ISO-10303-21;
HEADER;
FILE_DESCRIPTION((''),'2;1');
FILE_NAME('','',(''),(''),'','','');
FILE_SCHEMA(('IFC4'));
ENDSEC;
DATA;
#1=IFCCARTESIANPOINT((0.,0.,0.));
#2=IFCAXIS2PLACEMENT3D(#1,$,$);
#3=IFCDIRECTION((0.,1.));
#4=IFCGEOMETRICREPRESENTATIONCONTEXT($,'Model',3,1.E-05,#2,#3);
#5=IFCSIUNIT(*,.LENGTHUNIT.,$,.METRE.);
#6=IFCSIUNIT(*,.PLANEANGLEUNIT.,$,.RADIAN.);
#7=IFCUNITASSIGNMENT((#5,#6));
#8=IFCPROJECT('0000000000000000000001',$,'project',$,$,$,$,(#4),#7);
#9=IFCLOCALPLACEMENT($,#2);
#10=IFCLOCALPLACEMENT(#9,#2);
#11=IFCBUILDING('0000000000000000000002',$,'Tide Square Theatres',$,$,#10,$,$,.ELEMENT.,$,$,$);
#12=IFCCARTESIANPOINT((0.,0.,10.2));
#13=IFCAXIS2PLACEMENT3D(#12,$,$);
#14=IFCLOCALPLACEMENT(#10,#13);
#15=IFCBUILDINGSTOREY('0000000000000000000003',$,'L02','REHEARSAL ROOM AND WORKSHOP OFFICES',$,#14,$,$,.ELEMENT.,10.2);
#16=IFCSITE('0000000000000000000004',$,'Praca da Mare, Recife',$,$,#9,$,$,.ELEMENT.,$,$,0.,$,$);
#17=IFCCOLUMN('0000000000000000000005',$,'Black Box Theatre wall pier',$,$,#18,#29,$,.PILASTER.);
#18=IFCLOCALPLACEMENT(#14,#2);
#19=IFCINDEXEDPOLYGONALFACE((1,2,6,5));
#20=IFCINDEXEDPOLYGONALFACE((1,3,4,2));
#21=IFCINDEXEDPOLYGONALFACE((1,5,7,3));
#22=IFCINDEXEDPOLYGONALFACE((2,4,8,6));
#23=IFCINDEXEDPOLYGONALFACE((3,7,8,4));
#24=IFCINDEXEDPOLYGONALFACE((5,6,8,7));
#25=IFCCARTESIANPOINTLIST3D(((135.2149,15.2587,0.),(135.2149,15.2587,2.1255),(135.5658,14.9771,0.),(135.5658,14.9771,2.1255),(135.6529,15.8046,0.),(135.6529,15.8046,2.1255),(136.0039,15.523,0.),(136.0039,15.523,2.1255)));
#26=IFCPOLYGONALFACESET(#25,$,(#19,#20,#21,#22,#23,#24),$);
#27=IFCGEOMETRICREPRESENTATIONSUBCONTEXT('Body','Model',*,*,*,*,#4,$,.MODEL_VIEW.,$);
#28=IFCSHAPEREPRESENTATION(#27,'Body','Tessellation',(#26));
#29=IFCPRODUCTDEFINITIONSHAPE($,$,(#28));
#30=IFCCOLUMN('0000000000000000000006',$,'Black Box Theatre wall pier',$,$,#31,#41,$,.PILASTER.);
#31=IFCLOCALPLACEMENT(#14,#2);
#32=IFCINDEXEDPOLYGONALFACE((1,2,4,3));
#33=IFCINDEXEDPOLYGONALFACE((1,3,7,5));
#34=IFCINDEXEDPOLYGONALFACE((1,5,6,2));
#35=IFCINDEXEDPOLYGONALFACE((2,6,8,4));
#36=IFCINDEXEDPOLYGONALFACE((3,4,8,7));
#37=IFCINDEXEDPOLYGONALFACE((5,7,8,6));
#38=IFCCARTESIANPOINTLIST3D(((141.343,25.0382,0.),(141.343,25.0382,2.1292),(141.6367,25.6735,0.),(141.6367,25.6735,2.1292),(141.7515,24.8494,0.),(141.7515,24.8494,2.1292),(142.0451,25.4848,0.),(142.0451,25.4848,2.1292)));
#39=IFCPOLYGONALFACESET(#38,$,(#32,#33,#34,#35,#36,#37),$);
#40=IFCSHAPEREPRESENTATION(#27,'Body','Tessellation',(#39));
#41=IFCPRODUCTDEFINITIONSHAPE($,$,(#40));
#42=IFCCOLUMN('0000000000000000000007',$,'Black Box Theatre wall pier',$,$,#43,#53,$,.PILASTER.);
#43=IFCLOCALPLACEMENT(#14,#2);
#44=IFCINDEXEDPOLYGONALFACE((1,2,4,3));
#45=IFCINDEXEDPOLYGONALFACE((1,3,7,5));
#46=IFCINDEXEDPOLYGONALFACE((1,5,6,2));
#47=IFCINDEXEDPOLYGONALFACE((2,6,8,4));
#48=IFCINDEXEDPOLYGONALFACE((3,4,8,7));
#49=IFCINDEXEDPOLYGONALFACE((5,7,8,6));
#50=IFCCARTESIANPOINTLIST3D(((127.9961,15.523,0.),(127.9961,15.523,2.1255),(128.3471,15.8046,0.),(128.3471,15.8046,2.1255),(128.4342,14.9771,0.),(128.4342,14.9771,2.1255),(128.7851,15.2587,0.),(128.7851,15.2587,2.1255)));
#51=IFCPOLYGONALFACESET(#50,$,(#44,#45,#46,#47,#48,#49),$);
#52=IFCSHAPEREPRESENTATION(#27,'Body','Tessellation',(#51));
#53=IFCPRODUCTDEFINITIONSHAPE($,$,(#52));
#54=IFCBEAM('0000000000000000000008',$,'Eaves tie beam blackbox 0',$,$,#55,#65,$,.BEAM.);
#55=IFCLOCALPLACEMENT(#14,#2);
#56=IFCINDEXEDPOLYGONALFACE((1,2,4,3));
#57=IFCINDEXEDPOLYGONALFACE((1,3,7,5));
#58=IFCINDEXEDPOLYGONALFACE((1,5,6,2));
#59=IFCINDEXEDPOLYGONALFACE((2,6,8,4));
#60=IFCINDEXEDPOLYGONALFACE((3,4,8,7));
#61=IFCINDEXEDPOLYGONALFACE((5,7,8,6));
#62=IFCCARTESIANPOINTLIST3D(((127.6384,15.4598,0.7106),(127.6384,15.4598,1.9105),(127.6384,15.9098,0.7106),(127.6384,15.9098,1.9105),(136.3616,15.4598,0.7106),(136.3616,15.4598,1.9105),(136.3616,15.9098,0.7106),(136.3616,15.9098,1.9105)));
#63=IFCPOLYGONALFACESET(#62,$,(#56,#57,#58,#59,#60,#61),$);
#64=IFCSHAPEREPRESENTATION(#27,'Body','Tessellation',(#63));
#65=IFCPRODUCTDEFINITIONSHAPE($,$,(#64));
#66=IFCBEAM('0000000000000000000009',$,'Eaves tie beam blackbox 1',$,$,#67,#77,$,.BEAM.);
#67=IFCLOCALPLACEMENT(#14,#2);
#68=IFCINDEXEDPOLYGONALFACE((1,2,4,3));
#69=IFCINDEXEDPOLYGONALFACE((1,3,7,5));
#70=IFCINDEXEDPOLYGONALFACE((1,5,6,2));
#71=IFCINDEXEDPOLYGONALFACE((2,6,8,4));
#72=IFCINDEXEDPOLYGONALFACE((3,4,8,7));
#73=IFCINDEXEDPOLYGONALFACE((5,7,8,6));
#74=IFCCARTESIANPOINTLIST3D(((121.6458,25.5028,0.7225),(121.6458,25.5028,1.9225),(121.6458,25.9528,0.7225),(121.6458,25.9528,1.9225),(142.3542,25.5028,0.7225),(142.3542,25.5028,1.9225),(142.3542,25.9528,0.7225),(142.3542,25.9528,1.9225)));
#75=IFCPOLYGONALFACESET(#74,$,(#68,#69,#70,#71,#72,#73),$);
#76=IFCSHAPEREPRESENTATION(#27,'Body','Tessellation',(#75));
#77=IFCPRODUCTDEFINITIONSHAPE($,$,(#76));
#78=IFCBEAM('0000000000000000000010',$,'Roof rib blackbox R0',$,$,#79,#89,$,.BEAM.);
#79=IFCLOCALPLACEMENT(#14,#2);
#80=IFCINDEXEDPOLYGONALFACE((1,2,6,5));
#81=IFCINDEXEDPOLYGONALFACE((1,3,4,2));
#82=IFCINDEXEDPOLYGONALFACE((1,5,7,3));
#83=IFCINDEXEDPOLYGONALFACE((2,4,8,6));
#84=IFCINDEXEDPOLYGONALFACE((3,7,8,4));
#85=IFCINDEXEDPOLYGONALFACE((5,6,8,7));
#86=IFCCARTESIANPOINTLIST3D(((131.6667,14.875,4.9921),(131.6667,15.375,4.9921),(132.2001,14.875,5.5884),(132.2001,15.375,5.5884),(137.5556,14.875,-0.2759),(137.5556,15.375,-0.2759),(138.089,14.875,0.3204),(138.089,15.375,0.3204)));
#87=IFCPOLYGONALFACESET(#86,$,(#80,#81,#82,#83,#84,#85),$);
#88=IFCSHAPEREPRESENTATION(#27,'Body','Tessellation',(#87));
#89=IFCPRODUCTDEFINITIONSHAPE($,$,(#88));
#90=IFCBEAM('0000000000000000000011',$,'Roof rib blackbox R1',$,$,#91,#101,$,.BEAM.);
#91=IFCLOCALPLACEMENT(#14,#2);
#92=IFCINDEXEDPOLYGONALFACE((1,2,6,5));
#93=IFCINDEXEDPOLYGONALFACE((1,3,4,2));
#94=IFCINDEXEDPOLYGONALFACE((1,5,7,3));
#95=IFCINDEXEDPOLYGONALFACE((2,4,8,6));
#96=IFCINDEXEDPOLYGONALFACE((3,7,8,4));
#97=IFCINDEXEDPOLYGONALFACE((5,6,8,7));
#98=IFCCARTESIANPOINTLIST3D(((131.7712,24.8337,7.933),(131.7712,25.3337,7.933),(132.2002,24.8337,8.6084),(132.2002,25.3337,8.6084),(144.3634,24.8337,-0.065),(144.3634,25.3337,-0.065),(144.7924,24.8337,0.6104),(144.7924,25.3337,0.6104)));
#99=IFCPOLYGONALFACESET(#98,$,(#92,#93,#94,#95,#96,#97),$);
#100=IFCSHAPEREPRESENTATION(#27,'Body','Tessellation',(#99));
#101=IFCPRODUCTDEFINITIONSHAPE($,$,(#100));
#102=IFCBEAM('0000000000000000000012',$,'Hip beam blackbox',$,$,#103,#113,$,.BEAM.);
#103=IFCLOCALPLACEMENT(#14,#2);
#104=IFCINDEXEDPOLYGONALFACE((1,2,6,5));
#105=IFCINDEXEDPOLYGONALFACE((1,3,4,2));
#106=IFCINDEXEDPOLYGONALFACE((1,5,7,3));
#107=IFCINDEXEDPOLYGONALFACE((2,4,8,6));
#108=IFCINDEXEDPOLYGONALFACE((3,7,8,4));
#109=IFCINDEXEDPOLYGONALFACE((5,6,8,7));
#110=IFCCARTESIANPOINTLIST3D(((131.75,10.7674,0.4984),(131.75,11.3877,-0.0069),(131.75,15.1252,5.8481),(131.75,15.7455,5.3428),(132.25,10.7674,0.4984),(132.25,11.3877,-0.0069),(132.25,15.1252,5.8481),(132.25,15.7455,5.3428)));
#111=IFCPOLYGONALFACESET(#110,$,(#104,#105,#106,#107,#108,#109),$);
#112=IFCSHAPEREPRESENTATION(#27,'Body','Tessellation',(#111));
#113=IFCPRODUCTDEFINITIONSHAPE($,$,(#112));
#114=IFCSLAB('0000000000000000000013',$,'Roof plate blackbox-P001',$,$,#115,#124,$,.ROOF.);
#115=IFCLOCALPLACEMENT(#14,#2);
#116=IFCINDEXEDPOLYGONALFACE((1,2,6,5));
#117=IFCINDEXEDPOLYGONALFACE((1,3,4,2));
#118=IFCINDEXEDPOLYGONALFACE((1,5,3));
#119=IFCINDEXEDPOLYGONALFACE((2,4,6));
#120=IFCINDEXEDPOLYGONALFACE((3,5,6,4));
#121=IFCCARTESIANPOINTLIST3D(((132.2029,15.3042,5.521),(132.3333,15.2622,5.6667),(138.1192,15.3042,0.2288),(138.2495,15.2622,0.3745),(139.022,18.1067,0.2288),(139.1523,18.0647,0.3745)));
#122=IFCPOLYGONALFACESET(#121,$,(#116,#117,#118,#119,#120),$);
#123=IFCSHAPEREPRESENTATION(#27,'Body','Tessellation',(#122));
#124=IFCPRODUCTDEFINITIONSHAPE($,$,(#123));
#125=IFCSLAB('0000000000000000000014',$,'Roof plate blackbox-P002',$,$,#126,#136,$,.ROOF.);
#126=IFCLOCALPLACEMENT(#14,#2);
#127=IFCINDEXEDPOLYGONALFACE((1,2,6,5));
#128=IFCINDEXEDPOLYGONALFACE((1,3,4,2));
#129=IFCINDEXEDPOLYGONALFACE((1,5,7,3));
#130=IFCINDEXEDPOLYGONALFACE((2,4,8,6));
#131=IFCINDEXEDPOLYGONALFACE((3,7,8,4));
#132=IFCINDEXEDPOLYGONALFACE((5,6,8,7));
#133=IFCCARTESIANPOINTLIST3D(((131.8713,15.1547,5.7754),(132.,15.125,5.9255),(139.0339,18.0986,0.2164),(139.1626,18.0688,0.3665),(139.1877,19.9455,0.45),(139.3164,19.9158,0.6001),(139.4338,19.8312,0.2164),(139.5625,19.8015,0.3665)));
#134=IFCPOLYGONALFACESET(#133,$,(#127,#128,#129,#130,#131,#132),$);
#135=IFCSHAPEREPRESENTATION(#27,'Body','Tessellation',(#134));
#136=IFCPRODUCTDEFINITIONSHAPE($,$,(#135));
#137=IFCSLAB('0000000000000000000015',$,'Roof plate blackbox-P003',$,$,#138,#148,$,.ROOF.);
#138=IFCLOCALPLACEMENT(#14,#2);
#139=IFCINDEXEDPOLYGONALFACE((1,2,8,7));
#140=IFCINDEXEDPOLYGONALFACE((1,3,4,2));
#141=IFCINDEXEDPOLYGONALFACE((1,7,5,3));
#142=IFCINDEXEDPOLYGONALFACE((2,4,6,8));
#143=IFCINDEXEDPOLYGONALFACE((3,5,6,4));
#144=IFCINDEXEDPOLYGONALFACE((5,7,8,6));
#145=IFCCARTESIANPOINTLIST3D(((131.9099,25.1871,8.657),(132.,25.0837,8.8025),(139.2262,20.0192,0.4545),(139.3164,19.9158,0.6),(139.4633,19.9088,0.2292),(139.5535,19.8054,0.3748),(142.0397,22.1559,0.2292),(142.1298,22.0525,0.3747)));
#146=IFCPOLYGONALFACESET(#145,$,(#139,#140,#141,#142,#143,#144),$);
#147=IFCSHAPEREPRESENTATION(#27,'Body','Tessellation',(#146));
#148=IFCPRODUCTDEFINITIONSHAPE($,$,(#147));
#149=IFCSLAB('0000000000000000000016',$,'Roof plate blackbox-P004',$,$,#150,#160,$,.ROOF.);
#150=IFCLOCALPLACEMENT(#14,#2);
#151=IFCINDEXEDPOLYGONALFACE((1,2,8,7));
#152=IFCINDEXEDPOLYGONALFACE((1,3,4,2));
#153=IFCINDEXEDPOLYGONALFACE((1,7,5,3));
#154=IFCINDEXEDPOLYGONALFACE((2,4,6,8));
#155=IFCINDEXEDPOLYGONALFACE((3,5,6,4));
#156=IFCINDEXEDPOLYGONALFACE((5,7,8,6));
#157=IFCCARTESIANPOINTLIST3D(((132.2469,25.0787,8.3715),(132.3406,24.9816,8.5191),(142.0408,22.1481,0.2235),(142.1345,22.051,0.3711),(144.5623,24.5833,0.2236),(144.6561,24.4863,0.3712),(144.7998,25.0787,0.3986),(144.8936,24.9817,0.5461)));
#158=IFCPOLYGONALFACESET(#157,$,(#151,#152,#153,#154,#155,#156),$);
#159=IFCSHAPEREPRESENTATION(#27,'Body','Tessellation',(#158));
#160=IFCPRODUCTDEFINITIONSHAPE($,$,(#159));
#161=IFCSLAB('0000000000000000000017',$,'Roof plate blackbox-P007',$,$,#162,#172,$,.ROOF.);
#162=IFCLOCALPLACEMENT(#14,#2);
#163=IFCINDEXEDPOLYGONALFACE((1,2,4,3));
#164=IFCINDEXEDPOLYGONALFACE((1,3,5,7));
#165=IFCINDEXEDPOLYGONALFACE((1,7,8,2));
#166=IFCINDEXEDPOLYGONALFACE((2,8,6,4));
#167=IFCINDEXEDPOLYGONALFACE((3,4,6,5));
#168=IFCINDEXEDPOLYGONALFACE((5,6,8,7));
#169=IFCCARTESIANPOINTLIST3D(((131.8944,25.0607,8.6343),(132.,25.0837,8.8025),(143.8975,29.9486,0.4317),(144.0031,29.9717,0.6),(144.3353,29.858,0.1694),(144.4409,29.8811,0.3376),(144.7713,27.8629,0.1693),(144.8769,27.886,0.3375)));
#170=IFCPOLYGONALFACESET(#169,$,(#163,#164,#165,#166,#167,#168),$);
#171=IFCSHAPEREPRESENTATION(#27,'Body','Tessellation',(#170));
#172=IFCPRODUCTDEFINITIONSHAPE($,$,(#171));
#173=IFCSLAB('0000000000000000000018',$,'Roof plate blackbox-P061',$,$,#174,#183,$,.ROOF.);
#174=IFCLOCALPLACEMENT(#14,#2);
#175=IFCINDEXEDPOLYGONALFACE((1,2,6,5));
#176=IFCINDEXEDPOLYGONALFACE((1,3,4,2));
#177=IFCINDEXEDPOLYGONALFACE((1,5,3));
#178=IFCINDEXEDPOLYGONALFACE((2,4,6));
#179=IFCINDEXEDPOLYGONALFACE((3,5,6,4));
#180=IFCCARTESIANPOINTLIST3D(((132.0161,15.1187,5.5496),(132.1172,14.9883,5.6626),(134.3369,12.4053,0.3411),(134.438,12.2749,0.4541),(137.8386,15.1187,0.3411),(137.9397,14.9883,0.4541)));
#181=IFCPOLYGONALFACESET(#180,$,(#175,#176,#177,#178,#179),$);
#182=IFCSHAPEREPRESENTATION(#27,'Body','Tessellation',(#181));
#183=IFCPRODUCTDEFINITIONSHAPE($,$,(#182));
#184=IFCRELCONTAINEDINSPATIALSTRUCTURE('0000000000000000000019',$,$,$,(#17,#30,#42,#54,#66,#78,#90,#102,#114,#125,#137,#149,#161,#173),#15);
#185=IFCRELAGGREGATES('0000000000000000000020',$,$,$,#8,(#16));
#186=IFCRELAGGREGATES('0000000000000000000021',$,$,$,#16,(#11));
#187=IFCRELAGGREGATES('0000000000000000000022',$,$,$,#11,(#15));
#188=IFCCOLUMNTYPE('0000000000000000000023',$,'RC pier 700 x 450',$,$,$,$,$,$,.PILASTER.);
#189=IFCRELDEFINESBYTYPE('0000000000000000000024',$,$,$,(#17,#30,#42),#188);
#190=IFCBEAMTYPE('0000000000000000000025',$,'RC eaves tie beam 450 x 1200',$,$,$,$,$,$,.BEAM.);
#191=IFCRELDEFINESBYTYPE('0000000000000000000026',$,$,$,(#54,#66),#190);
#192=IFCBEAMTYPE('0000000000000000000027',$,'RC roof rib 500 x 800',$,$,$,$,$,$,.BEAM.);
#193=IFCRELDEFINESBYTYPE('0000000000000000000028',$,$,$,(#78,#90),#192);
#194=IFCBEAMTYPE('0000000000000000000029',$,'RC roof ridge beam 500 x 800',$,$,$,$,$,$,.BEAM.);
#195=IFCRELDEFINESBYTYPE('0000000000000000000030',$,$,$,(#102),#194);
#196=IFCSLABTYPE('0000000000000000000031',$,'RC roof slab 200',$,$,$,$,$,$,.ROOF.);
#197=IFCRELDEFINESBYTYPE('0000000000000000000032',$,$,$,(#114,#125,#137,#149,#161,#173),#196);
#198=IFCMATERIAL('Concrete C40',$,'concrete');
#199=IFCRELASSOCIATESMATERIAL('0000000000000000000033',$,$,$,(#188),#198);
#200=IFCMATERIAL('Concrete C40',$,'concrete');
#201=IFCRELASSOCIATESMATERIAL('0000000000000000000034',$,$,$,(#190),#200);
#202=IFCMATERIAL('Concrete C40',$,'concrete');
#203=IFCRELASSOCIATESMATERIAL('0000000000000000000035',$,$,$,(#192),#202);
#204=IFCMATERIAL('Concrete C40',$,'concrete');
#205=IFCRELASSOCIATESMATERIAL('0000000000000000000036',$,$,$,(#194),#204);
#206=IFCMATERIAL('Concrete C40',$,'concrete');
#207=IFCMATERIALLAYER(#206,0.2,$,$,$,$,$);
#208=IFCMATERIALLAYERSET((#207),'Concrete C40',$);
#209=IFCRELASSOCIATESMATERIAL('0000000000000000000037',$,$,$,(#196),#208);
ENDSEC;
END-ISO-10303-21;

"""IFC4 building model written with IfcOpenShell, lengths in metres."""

from ifc_helpers import new_model, si_unit, direction, frame, origin, origin_2d, place, context, subcontext, project, spatial, polyline, rectangle, outline, extrude, material, layer, layer_set, material_profile, profile_set, type_object, element, save


model = new_model("IFC4")

# Units and contexts
model_context = context("Model", 3, precision=1e-05, world=origin(), true_north=direction((0.0, 1.0)))
body_context = subcontext(model_context, "Body", "Model", "MODEL_VIEW")
ifc_project = project(units=[si_unit("LENGTHUNIT", "METRE"), si_unit("PLANEANGLEUNIT", "RADIAN")], contexts=[model_context])

# Site, building, storey
site_placement = place(None, origin())
site = spatial("IfcSite", under=ifc_project, at=site_placement, Name="Praca da Mare, Recife", CompositionType="ELEMENT", RefElevation=0.0)
building_placement = place(site_placement, origin())
building = spatial("IfcBuilding", under=site, at=building_placement, Name="Tide Square Theatres", CompositionType="ELEMENT")
storey_placement = place(building_placement, frame((0.0, 0.0, 10.2)))
storey = spatial("IfcBuildingStorey", under=building, at=storey_placement, Name="L02", Description="REHEARSAL ROOM AND WORKSHOP OFFICES", CompositionType="ELEMENT", Elevation=10.2)

# Columns
ifc_material_1 = material(Name="Concrete C40", Category="concrete")
ifc_material_profile_1 = material_profile(ifc_material_1, rectangle(XDim=0.7, YDim=0.45, at=origin_2d()))
ifc_profile_set_1 = profile_set([ifc_material_profile_1], Name="Concrete C40")
column_type = type_object("IfcColumnType", Name="RC pier 700 x 450", PredefinedType="PILASTER", material=ifc_profile_set_1)
column_1_placement = place(storey_placement, frame((135.6094, 15.3909, 0.0), z_axis=(0.0, 0.0, 1.0), x_axis=(0.625819, 0.779968, 0.0)))
element("IfcColumn", 1, at=column_1_placement, inside=storey, type_object=column_type, Name="Black Box Theatre wall pier", PredefinedType="PILASTER", context=body_context, shape_type="SweptSolid", body=[
    extrude(rectangle(XDim=0.7, YDim=0.45, at=origin_2d()), origin(), (0.0, 0.0, 1.0), 2.1255),
])
column_2_placement = place(storey_placement, frame((141.6941, 25.2615, 0.0), z_axis=(0.0, 0.0, 1.0), x_axis=(0.41956, 0.907728, 0.0)))
element("IfcColumn", 2, at=column_2_placement, inside=storey, type_object=column_type, Name="Black Box Theatre wall pier", PredefinedType="PILASTER", context=body_context, shape_type="SweptSolid", body=[
    extrude(rectangle(XDim=0.7, YDim=0.45, at=origin_2d()), origin(), (0.0, 0.0, 1.0), 2.1292),
])
column_3_placement = place(storey_placement, frame((128.3906, 15.3909, 0.0), z_axis=(0.0, 0.0, 1.0), x_axis=(0.625819, -0.779968, 0.0)))
element("IfcColumn", 3, at=column_3_placement, inside=storey, type_object=column_type, Name="Black Box Theatre wall pier", PredefinedType="PILASTER", context=body_context, shape_type="SweptSolid", body=[
    extrude(rectangle(XDim=0.7, YDim=0.45, at=origin_2d()), origin(), (0.0, 0.0, 1.0), 2.1255),
])

# Beams
ifc_material_2 = material(Name="Concrete C40", Category="concrete")
ifc_material_profile_2 = material_profile(ifc_material_2, rectangle(XDim=0.45, YDim=1.2, at=origin_2d()))
ifc_profile_set_2 = profile_set([ifc_material_profile_2], Name="Concrete C40")
beam_type_1 = type_object("IfcBeamType", Name="RC eaves tie beam 450 x 1200", PredefinedType="BEAM", material=ifc_profile_set_2)
beam_1_placement = place(storey_placement, frame((136.3616, 15.6848, 1.3105), z_axis=(-1.0, 0.0, 0.0), x_axis=(0.0, -1.0, 0.0)))
element("IfcBeam", 4, at=beam_1_placement, inside=storey, type_object=beam_type_1, Name="Eaves tie beam blackbox 0", PredefinedType="BEAM", context=body_context, shape_type="SweptSolid", body=[
    extrude(rectangle(XDim=0.45, YDim=1.2, at=origin_2d()), origin(), (0.0, 0.0, 1.0), 8.7231),
])
beam_2_placement = place(storey_placement, frame((142.3542, 25.7278, 1.3225), z_axis=(-1.0, 0.0, 0.0), x_axis=(0.0, -1.0, 0.0)))
element("IfcBeam", 5, at=beam_2_placement, inside=storey, type_object=beam_type_1, Name="Eaves tie beam blackbox 1", PredefinedType="BEAM", context=body_context, shape_type="SweptSolid", body=[
    extrude(rectangle(XDim=0.45, YDim=1.2, at=origin_2d()), origin(), (0.0, 0.0, 1.0), 20.7085),
])
ifc_material_3 = material(Name="Concrete C40", Category="concrete")
ifc_material_profile_3 = material_profile(ifc_material_3, rectangle(XDim=0.5, YDim=0.8, at=origin_2d()))
ifc_profile_set_3 = profile_set([ifc_material_profile_3], Name="Concrete C40")
beam_type_2 = type_object("IfcBeamType", Name="RC roof rib 500 x 800", PredefinedType="BEAM", material=ifc_profile_set_3)
beam_3_placement = place(storey_placement, frame((137.8223, 15.125, 0.0222), z_axis=(-0.745302, 0.0, 0.666727), x_axis=(0.0, -1.0, 0.0)))
element("IfcBeam", 6, at=beam_3_placement, inside=storey, type_object=beam_type_2, Name="Roof rib blackbox R0", PredefinedType="BEAM", context=body_context, shape_type="SweptSolid", body=[
    extrude(rectangle(XDim=0.5, YDim=0.8, at=origin_2d()), origin(), (0.0, 0.0, 1.0), 7.9014),
])
beam_4_placement = place(storey_placement, frame((144.5779, 25.0837, 0.2727), z_axis=(-0.844123, 0.0, 0.536149), x_axis=(0.0, -1.0, 0.0)))
element("IfcBeam", 7, at=beam_4_placement, inside=storey, type_object=beam_type_2, Name="Roof rib blackbox R1", PredefinedType="BEAM", context=body_context, shape_type="SweptSolid", body=[
    extrude(rectangle(XDim=0.5, YDim=0.8, at=origin_2d()), origin(), (0.0, 0.0, 1.0), 14.9175),
])
ifc_material_4 = material(Name="Concrete C40", Category="concrete")
ifc_material_profile_4 = material_profile(ifc_material_4, rectangle(XDim=0.5, YDim=0.8, at=origin_2d()))
ifc_profile_set_4 = profile_set([ifc_material_profile_4], Name="Concrete C40")
beam_type_3 = type_object("IfcBeamType", Name="RC roof ridge beam 500 x 800", PredefinedType="BEAM", material=ifc_profile_set_4)
beam_5_placement = place(storey_placement, frame((132.0, 15.4353, 5.5955), z_axis=(0.0, -0.631562, -0.775325), x_axis=(1.0, 0.0, 0.0)))
element("IfcBeam", 8, at=beam_5_placement, inside=storey, type_object=beam_type_3, Name="Hip beam blackbox", PredefinedType="BEAM", context=body_context, shape_type="SweptSolid", body=[
    extrude(rectangle(XDim=0.5, YDim=0.8, at=origin_2d()), origin(), (0.0, 0.0, 1.0), 6.8999),
])

# Slabs
ifc_material_5 = material(Name="Concrete C40", Category="concrete")
ifc_layer_1 = layer(ifc_material_5, 0.2)
ifc_layer_set_1 = layer_set([ifc_layer_1], Name="Concrete C40")
slab_type = type_object("IfcSlabType", Name="RC roof slab 200", PredefinedType="ROOF", material=ifc_layer_set_1)
slab_1_placement = place(storey_placement, frame((138.2495, 15.2622, 0.3745), z_axis=(0.651841, -0.209993, 0.728702), x_axis=(0.306635, 0.951827, 0.0)))
element("IfcSlab", 9, at=slab_1_placement, inside=storey, type_object=slab_type, Name="Roof plate blackbox-P001", PredefinedType="ROOF", context=body_context, shape_type="SweptSolid", body=[
    extrude(outline(polyline([(0.0, 0.0), (2.9443, 0.0), (-1.8141, 7.7278), (0.0, 0.0)])), origin(), (0.0, 0.0, -1.0), 0.2),
])
slab_2_placement = place(storey_placement, frame((139.3164, 19.9158, 0.6001), z_axis=(0.64371, -0.148574, 0.750708), x_axis=(-0.714547, -0.467885, 0.520103)))
element("IfcSlab", 10, at=slab_2_placement, inside=storey, type_object=slab_type, Name="Roof plate blackbox-P002", PredefinedType="ROOF", context=body_context, shape_type="SweptSolid", body=[
    extrude(outline(polyline([(0.0, 0.0), (10.2392, 0.0), (0.8525, 1.6621), (-0.2439, 0.2621), (0.0, 0.0)])), origin(), (0.0, 0.0, -1.0), 0.2),
])
slab_3_placement = place(storey_placement, frame((139.5535, 19.8054, 0.3748), z_axis=(0.450816, -0.516852, 0.727756), x_axis=(0.753621, 0.657309, -0.000019)))
element("IfcSlab", 11, at=slab_3_placement, inside=storey, type_object=slab_type, Name="Roof plate blackbox-P003", PredefinedType="ROOF", context=body_context, shape_type="SweptSolid", body=[
    extrude(outline(polyline([(0.0, 0.0), (3.4187, 0.0), (-2.2231, 12.2882), (-0.1061, 0.3285), (0.0, 0.0)])), origin(), (0.0, 0.0, -1.0), 0.2),
])
slab_4_placement = place(storey_placement, frame((142.1345, 22.051, 0.3711), z_axis=(0.468754, -0.485384, 0.738019), x_axis=(0.719306, 0.694694, 0.000021)))
element("IfcSlab", 12, at=slab_4_placement, inside=storey, type_object=slab_type, Name="Roof plate blackbox-P004", PredefinedType="ROOF", context=body_context, shape_type="SweptSolid", body=[
    extrude(outline(polyline([(0.0, 0.0), (3.5055, 0.0), (4.0205, 0.2593), (-5.0088, 12.0752), (0.0, 0.0)])), origin(), (0.0, 0.0, -1.0), 0.2),
])
slab_5_placement = place(storey_placement, frame((132.0, 25.0837, 8.8025), z_axis=(0.528003, 0.115328, 0.841375), x_axis=(0.822134, 0.17891, -0.540451)))
element("IfcSlab", 13, at=slab_5_placement, inside=storey, type_object=slab_type, Name="Roof plate blackbox-P007", PredefinedType="ROOF", context=body_context, shape_type="SweptSolid", body=[
    extrude(outline(polyline([(0.0, 0.0), (15.6628, 0.0), (15.6612, 2.0422), (15.1757, 2.2238), (0.0, 0.0)])), origin(), (0.0, 0.0, -1.0), 0.2),
])
slab_6_placement = place(storey_placement, frame((134.438, 12.2749, 0.4541), z_axis=(0.505389, -0.652222, 0.564968), x_axis=(0.790464, 0.612509, 0.0)))
element("IfcSlab", 14, at=slab_6_placement, inside=storey, type_object=slab_type, Name="Roof plate blackbox-P061", PredefinedType="ROOF", context=body_context, shape_type="SweptSolid", body=[
    extrude(outline(polyline([(0.0, 0.0), (4.4299, 0.0), (-0.1725, 6.3125), (0.0, 0.0)])), origin(), (0.0, 0.0, -1.0), 0.2),
])

save(model, "model.ifc")
